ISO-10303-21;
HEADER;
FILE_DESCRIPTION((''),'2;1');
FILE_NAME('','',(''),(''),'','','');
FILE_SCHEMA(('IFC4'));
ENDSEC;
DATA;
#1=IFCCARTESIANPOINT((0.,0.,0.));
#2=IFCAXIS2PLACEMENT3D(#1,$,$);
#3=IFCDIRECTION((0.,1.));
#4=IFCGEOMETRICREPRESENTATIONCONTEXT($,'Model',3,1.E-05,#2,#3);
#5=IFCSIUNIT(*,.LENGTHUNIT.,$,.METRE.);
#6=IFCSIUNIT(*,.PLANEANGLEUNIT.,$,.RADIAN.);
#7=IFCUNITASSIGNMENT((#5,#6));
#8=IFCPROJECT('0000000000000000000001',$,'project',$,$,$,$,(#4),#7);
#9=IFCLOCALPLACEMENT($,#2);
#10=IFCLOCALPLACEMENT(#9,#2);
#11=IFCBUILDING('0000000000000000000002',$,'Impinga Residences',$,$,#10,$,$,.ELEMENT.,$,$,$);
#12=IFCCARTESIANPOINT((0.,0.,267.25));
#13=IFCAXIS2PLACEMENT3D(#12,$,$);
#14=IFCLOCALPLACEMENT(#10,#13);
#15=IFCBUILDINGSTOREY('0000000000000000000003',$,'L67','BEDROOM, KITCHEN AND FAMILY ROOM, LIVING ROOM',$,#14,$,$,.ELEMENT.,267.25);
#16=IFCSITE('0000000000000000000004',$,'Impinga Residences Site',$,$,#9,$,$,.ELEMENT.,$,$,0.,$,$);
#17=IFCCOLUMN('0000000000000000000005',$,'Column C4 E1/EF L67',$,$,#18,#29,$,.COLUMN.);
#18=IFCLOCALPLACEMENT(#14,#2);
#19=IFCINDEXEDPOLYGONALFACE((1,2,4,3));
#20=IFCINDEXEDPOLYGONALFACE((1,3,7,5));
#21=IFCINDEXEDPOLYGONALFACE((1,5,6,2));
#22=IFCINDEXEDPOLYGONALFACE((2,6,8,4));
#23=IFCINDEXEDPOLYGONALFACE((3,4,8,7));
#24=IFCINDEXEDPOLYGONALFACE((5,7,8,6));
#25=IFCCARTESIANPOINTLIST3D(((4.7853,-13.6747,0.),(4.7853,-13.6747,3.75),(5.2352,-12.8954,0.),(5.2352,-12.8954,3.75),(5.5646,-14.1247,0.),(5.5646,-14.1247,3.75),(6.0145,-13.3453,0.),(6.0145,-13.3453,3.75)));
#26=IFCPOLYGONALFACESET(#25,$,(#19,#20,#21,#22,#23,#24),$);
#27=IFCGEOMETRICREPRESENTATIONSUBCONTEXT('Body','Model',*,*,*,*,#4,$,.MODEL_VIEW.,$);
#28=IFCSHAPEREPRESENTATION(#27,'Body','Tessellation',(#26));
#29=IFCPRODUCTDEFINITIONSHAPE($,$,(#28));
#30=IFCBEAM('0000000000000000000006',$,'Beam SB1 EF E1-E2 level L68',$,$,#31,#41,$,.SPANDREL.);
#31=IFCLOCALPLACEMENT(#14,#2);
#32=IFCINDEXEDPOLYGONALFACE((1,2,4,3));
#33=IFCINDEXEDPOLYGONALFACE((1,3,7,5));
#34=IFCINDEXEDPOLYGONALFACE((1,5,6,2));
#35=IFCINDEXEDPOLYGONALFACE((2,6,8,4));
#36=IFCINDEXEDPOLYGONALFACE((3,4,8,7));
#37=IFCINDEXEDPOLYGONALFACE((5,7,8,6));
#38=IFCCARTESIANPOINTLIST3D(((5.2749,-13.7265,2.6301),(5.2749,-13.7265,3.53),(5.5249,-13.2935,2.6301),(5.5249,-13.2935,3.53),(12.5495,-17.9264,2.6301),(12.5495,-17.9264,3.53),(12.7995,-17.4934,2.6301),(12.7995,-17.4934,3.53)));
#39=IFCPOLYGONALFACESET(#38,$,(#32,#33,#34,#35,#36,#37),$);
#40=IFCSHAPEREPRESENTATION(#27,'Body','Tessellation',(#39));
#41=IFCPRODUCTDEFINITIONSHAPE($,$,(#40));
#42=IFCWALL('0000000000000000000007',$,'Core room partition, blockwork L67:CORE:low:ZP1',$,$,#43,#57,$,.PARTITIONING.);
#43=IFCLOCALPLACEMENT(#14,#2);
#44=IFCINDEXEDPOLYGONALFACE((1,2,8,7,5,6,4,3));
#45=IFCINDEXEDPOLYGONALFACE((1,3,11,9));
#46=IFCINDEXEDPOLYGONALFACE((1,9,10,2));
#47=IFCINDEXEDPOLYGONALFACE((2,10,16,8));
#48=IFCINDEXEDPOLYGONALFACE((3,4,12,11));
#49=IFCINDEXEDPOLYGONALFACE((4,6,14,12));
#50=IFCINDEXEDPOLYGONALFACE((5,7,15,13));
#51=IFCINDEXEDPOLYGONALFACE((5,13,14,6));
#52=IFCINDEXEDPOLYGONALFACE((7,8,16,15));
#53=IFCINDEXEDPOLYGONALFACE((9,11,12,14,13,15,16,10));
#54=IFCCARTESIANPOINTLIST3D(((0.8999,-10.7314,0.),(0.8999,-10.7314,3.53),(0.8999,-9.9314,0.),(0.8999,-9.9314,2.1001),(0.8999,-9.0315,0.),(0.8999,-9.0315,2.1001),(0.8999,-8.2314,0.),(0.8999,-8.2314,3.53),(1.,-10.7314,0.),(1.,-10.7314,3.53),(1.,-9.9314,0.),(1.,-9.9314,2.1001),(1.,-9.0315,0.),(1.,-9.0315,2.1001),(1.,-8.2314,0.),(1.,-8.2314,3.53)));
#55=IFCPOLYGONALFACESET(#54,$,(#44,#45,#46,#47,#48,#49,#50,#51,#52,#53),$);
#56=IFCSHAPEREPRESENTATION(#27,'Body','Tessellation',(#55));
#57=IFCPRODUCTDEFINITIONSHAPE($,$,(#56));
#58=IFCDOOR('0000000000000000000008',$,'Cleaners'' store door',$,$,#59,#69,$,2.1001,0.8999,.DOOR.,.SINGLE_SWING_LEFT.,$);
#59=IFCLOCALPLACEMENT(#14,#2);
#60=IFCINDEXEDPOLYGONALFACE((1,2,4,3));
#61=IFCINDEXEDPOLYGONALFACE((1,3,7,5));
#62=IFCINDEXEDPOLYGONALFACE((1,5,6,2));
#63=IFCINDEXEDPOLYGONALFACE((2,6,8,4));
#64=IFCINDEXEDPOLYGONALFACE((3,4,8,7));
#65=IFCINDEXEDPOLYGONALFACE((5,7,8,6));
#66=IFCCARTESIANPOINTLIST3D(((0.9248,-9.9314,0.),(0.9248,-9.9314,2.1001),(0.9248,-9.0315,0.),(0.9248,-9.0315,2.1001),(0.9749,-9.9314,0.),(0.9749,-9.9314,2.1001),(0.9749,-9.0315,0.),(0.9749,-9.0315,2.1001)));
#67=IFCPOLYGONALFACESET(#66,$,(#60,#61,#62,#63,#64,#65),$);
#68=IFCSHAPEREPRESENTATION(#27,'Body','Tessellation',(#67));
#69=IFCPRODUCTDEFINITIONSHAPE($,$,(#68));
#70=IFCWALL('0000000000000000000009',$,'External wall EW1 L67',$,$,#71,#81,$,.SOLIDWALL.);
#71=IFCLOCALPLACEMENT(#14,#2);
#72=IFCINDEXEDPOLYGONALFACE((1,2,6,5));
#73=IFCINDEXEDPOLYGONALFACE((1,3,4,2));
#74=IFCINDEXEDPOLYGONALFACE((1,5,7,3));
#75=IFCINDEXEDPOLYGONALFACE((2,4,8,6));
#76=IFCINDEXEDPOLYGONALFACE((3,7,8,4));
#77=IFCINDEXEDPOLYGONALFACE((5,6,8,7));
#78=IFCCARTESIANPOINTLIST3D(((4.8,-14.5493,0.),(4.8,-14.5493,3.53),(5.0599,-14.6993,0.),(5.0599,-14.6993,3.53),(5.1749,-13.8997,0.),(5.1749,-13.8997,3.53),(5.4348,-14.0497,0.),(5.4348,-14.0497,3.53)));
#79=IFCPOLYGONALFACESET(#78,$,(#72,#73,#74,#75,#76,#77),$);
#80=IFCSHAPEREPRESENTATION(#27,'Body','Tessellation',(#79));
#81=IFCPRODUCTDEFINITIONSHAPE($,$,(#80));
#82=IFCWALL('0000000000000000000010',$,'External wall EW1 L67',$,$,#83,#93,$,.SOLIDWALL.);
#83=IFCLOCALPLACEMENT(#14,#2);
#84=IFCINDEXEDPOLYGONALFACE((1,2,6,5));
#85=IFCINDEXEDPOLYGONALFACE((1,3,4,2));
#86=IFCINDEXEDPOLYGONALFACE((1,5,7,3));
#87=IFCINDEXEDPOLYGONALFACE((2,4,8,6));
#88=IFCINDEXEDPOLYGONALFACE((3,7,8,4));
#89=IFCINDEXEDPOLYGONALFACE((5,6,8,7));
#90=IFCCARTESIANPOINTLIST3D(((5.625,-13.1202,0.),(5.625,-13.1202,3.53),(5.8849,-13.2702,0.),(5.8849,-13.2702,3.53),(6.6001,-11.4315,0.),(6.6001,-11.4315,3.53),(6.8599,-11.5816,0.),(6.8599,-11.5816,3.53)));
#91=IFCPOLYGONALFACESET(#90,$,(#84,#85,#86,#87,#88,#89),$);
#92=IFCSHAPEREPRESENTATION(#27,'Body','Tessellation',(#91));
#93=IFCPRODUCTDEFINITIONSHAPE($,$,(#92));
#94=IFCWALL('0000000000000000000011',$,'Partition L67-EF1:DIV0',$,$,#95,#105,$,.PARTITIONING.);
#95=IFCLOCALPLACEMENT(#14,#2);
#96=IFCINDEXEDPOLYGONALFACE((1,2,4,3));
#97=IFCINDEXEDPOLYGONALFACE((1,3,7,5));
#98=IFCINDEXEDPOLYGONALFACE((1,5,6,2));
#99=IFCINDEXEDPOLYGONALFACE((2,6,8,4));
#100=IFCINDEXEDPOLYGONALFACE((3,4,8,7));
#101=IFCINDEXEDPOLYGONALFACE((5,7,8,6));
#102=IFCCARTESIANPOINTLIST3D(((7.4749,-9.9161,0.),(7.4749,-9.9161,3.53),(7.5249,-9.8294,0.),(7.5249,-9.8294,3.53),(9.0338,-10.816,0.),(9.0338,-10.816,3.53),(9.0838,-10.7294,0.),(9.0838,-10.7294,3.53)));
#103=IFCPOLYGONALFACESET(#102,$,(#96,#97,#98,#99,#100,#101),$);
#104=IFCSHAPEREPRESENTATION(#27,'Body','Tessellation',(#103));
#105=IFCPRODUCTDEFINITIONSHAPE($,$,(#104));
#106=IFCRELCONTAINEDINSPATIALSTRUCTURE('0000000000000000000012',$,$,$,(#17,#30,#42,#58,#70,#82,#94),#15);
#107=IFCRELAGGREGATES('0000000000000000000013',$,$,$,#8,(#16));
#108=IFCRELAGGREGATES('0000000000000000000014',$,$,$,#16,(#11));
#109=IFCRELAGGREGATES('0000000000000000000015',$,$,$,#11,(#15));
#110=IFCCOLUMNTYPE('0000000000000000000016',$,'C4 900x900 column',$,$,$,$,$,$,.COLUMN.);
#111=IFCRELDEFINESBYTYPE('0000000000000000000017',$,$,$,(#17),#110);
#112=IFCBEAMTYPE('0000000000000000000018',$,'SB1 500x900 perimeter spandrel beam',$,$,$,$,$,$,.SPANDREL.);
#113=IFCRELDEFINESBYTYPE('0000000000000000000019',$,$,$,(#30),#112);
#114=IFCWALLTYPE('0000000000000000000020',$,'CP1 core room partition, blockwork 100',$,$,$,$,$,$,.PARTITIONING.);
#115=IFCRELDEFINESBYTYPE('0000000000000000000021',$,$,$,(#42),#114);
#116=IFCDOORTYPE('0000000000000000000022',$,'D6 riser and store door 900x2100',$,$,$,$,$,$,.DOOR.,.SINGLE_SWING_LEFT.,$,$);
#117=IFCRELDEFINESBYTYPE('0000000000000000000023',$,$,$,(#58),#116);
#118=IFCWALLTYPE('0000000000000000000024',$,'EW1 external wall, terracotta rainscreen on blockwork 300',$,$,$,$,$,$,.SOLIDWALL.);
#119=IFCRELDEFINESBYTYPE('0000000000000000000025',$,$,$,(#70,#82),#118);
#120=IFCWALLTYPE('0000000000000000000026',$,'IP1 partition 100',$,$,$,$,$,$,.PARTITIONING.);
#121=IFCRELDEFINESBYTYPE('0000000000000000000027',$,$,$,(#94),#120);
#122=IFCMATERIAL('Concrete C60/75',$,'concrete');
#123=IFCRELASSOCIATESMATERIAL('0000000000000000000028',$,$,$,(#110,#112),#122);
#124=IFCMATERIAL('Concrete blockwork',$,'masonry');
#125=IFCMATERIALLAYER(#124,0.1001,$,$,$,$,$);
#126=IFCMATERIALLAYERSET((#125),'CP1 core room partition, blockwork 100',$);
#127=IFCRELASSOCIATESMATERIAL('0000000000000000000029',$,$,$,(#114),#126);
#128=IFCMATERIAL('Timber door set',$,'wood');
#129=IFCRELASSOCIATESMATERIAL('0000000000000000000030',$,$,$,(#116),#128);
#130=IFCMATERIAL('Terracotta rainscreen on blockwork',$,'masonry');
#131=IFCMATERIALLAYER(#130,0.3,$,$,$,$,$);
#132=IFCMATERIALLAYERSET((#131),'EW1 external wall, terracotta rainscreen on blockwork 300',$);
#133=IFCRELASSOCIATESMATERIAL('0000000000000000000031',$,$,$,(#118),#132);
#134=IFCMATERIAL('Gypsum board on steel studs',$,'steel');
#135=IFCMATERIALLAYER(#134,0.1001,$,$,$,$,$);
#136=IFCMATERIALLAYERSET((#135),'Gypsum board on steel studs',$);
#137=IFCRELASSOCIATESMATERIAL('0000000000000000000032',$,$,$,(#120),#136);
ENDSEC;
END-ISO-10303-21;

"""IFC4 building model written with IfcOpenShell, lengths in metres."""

from ifc_helpers import new_model, si_unit, direction, frame, frame_2d, origin, origin_2d, place, context, subcontext, project, spatial, rectangle, extrude, material, layer, layer_set, material_profile, profile_set, type_object, element, fill, save


model = new_model("IFC4")

# Units and contexts
model_context = context("Model", 3, precision=1e-05, world=origin(), true_north=direction((0.0, 1.0)))
body_context = subcontext(model_context, "Body", "Model", "MODEL_VIEW")
ifc_project = project(units=[si_unit("LENGTHUNIT", "METRE"), si_unit("PLANEANGLEUNIT", "RADIAN")], contexts=[model_context])

# Site, building, storey
site_placement = place(None, origin())
site = spatial("IfcSite", under=ifc_project, at=site_placement, Name="Impinga Residences Site", CompositionType="ELEMENT", RefElevation=0.0)
building_placement = place(site_placement, origin())
building = spatial("IfcBuilding", under=site, at=building_placement, Name="Impinga Residences", CompositionType="ELEMENT")
storey_placement = place(building_placement, frame((0.0, 0.0, 267.25)))
storey = spatial("IfcBuildingStorey", under=building, at=storey_placement, Name="L67", Description="BEDROOM, KITCHEN AND FAMILY ROOM, LIVING ROOM", CompositionType="ELEMENT", Elevation=267.25)

# Column
ifc_material_1 = material(Name="Concrete C60/75", Category="concrete")
ifc_material_profile_1 = material_profile(ifc_material_1, rectangle(XDim=0.8999, YDim=0.8999, at=origin_2d()), Name="RC 900x900")
ifc_profile_set_1 = profile_set([ifc_material_profile_1], Name="Concrete C60/75")
column_type = type_object("IfcColumnType", Name="C4 900x900 column", PredefinedType="COLUMN", material=ifc_profile_set_1)
column_placement = place(storey_placement, frame((5.3999, -13.51, 0.0), z_axis=(0.0, 0.0, 1.0), x_axis=(-0.5, -0.866025, 0.0)))
element("IfcColumn", 1, at=column_placement, inside=storey, type_object=column_type, Name="Column C4 E1/EF L67", PredefinedType="COLUMN", context=body_context, shape_type="SweptSolid", body=[
    extrude(rectangle(XDim=0.8999, YDim=0.8999, at=origin_2d()), origin(), (0.0, 0.0, 1.0), 3.75),
])

# Beam
ifc_material_profile_2 = material_profile(ifc_material_1, rectangle(XDim=0.5, YDim=0.8999, at=origin_2d()), Name="RC 500x900")
ifc_profile_set_2 = profile_set([ifc_material_profile_2], Name="Concrete C60/75")
beam_type = type_object("IfcBeamType", Name="SB1 500x900 perimeter spandrel beam", PredefinedType="SPANDREL", material=ifc_profile_set_2)
beam_placement = place(storey_placement, frame((5.3999, -13.51, 3.0801), z_axis=(0.866029, -0.499993, 0.0), x_axis=(0.499993, 0.866029, 0.0)))
element("IfcBeam", 2, at=beam_placement, inside=storey, type_object=beam_type, Name="Beam SB1 EF E1-E2 level L68", PredefinedType="SPANDREL", context=body_context, shape_type="SweptSolid", body=[
    extrude(rectangle(XDim=0.5, YDim=0.8999, at=origin_2d()), origin(), (0.0, 0.0, 1.0), 8.3999),
])

# Wall, opening, door
ifc_material_2 = material(Name="Concrete blockwork", Category="masonry")
ifc_layer_1 = layer(ifc_material_2, 0.1001)
ifc_layer_set_1 = layer_set([ifc_layer_1], Name="CP1 core room partition, blockwork 100")
wall_type_1 = type_object("IfcWallType", Name="CP1 core room partition, blockwork 100", PredefinedType="PARTITIONING", material=ifc_layer_set_1)
wall_1_placement = place(storey_placement, frame((0.95, -8.2314, 0.0), z_axis=(0.0, 0.0, 1.0), x_axis=(0.0, -1.0, 0.0)))
wall_1 = element("IfcWall", 3, at=wall_1_placement, inside=storey, type_object=wall_type_1, Name="Core room partition, blockwork L67:CORE:low:ZP1", PredefinedType="PARTITIONING", context=body_context, shape_type="SweptSolid", body=[
    extrude(rectangle(XDim=2.5, YDim=0.1001, at=frame_2d((1.25, 0.0))), origin(), (0.0, 0.0, 1.0), 3.53),
])
opening_1_placement = place(wall_1_placement, frame((0.8, 0.0, 0.0)))
opening_1 = element("IfcOpeningElement", 4, at=opening_1_placement, cuts=wall_1, PredefinedType="OPENING", context=body_context, shape_type="SweptSolid", body=[
    extrude(rectangle(XDim=0.8999, YDim=2.1001, at=frame_2d((0.45, 1.05))), frame((0.0, 0.0601, 0.0), z_axis=(0.0, -1.0, 0.0), x_axis=(1.0, 0.0, 0.0)), (0.0, 0.0, 1.0), 0.1201),
])
ifc_material_3 = material(Name="Timber door set", Category="wood")
door_type_1 = type_object("IfcDoorType", Name="D6 riser and store door 900x2100", OperationType="SINGLE_SWING_LEFT", PredefinedType="DOOR", material=ifc_material_3)
door_1_placement = place(opening_1_placement, origin())
door_1 = element("IfcDoor", 5, at=door_1_placement, inside=storey, type_object=door_type_1, Name="Cleaners' store door", OperationType="SINGLE_SWING_LEFT", OverallHeight=2.1001, OverallWidth=0.8999, PredefinedType="DOOR", context=body_context, shape_type="SweptSolid", body=[
    extrude(rectangle(XDim=0.8999, YDim=2.1001, at=frame_2d((0.45, 1.05))), frame((0.0, 0.0249, 0.0), z_axis=(0.0, -1.0, 0.0), x_axis=(1.0, 0.0, 0.0)), (0.0, 0.0, 1.0), 0.05),
])
fill(opening_1, door_1)

# Walls
ifc_material_4 = material(Name="Terracotta rainscreen on blockwork", Category="masonry")
ifc_layer_2 = layer(ifc_material_4, 0.3)
ifc_layer_set_2 = layer_set([ifc_layer_2], Name="EW1 external wall, terracotta rainscreen on blockwork 300")
wall_type_2 = type_object("IfcWallType", Name="EW1 external wall, terracotta rainscreen on blockwork 300", PredefinedType="SOLIDWALL", material=ifc_layer_set_2)
wall_2_placement = place(storey_placement, frame((4.9299, -14.6243, 0.0), z_axis=(0.0, 0.0, 1.0), x_axis=(0.49992, 0.866072, 0.0)))
element("IfcWall", 6, at=wall_2_placement, inside=storey, type_object=wall_type_2, Name="External wall EW1 L67", PredefinedType="SOLIDWALL", context=body_context, shape_type="SweptSolid", body=[
    extrude(rectangle(XDim=0.75, YDim=0.3, at=frame_2d((0.375, 0.0))), origin(), (0.0, 0.0, 1.0), 3.53),
])
wall_3_placement = place(storey_placement, frame((5.7549, -13.1953, 0.0), z_axis=(0.0, 0.0, 1.0), x_axis=(0.500044, 0.866, 0.0)))
element("IfcWall", 7, at=wall_3_placement, inside=storey, type_object=wall_type_2, Name="External wall EW1 L67", PredefinedType="SOLIDWALL", context=body_context, shape_type="SweptSolid", body=[
    extrude(rectangle(XDim=1.95, YDim=0.3, at=frame_2d((0.9751, 0.0))), origin(), (0.0, 0.0, 1.0), 3.53),
])
ifc_material_5 = material(Name="Gypsum board on steel studs", Category="steel")
ifc_layer_3 = layer(ifc_material_5, 0.1001)
ifc_layer_set_3 = layer_set([ifc_layer_3], Name="Gypsum board on steel studs")
wall_type_3 = type_object("IfcWallType", Name="IP1 partition 100", PredefinedType="PARTITIONING", material=ifc_layer_set_3)
wall_4_placement = place(storey_placement, frame((7.5, -9.8728, 0.0), z_axis=(0.0, 0.0, 1.0), x_axis=(0.866048, -0.499961, 0.0)))
element("IfcWall", 8, at=wall_4_placement, inside=storey, type_object=wall_type_3, Name="Partition L67-EF1:DIV0", PredefinedType="PARTITIONING", context=body_context, shape_type="SweptSolid", body=[
    extrude(rectangle(XDim=1.8, YDim=0.1001, at=frame_2d((0.8999, 0.0))), origin(), (0.0, 0.0, 1.0), 3.53),
])

save(model, "model.ifc")
